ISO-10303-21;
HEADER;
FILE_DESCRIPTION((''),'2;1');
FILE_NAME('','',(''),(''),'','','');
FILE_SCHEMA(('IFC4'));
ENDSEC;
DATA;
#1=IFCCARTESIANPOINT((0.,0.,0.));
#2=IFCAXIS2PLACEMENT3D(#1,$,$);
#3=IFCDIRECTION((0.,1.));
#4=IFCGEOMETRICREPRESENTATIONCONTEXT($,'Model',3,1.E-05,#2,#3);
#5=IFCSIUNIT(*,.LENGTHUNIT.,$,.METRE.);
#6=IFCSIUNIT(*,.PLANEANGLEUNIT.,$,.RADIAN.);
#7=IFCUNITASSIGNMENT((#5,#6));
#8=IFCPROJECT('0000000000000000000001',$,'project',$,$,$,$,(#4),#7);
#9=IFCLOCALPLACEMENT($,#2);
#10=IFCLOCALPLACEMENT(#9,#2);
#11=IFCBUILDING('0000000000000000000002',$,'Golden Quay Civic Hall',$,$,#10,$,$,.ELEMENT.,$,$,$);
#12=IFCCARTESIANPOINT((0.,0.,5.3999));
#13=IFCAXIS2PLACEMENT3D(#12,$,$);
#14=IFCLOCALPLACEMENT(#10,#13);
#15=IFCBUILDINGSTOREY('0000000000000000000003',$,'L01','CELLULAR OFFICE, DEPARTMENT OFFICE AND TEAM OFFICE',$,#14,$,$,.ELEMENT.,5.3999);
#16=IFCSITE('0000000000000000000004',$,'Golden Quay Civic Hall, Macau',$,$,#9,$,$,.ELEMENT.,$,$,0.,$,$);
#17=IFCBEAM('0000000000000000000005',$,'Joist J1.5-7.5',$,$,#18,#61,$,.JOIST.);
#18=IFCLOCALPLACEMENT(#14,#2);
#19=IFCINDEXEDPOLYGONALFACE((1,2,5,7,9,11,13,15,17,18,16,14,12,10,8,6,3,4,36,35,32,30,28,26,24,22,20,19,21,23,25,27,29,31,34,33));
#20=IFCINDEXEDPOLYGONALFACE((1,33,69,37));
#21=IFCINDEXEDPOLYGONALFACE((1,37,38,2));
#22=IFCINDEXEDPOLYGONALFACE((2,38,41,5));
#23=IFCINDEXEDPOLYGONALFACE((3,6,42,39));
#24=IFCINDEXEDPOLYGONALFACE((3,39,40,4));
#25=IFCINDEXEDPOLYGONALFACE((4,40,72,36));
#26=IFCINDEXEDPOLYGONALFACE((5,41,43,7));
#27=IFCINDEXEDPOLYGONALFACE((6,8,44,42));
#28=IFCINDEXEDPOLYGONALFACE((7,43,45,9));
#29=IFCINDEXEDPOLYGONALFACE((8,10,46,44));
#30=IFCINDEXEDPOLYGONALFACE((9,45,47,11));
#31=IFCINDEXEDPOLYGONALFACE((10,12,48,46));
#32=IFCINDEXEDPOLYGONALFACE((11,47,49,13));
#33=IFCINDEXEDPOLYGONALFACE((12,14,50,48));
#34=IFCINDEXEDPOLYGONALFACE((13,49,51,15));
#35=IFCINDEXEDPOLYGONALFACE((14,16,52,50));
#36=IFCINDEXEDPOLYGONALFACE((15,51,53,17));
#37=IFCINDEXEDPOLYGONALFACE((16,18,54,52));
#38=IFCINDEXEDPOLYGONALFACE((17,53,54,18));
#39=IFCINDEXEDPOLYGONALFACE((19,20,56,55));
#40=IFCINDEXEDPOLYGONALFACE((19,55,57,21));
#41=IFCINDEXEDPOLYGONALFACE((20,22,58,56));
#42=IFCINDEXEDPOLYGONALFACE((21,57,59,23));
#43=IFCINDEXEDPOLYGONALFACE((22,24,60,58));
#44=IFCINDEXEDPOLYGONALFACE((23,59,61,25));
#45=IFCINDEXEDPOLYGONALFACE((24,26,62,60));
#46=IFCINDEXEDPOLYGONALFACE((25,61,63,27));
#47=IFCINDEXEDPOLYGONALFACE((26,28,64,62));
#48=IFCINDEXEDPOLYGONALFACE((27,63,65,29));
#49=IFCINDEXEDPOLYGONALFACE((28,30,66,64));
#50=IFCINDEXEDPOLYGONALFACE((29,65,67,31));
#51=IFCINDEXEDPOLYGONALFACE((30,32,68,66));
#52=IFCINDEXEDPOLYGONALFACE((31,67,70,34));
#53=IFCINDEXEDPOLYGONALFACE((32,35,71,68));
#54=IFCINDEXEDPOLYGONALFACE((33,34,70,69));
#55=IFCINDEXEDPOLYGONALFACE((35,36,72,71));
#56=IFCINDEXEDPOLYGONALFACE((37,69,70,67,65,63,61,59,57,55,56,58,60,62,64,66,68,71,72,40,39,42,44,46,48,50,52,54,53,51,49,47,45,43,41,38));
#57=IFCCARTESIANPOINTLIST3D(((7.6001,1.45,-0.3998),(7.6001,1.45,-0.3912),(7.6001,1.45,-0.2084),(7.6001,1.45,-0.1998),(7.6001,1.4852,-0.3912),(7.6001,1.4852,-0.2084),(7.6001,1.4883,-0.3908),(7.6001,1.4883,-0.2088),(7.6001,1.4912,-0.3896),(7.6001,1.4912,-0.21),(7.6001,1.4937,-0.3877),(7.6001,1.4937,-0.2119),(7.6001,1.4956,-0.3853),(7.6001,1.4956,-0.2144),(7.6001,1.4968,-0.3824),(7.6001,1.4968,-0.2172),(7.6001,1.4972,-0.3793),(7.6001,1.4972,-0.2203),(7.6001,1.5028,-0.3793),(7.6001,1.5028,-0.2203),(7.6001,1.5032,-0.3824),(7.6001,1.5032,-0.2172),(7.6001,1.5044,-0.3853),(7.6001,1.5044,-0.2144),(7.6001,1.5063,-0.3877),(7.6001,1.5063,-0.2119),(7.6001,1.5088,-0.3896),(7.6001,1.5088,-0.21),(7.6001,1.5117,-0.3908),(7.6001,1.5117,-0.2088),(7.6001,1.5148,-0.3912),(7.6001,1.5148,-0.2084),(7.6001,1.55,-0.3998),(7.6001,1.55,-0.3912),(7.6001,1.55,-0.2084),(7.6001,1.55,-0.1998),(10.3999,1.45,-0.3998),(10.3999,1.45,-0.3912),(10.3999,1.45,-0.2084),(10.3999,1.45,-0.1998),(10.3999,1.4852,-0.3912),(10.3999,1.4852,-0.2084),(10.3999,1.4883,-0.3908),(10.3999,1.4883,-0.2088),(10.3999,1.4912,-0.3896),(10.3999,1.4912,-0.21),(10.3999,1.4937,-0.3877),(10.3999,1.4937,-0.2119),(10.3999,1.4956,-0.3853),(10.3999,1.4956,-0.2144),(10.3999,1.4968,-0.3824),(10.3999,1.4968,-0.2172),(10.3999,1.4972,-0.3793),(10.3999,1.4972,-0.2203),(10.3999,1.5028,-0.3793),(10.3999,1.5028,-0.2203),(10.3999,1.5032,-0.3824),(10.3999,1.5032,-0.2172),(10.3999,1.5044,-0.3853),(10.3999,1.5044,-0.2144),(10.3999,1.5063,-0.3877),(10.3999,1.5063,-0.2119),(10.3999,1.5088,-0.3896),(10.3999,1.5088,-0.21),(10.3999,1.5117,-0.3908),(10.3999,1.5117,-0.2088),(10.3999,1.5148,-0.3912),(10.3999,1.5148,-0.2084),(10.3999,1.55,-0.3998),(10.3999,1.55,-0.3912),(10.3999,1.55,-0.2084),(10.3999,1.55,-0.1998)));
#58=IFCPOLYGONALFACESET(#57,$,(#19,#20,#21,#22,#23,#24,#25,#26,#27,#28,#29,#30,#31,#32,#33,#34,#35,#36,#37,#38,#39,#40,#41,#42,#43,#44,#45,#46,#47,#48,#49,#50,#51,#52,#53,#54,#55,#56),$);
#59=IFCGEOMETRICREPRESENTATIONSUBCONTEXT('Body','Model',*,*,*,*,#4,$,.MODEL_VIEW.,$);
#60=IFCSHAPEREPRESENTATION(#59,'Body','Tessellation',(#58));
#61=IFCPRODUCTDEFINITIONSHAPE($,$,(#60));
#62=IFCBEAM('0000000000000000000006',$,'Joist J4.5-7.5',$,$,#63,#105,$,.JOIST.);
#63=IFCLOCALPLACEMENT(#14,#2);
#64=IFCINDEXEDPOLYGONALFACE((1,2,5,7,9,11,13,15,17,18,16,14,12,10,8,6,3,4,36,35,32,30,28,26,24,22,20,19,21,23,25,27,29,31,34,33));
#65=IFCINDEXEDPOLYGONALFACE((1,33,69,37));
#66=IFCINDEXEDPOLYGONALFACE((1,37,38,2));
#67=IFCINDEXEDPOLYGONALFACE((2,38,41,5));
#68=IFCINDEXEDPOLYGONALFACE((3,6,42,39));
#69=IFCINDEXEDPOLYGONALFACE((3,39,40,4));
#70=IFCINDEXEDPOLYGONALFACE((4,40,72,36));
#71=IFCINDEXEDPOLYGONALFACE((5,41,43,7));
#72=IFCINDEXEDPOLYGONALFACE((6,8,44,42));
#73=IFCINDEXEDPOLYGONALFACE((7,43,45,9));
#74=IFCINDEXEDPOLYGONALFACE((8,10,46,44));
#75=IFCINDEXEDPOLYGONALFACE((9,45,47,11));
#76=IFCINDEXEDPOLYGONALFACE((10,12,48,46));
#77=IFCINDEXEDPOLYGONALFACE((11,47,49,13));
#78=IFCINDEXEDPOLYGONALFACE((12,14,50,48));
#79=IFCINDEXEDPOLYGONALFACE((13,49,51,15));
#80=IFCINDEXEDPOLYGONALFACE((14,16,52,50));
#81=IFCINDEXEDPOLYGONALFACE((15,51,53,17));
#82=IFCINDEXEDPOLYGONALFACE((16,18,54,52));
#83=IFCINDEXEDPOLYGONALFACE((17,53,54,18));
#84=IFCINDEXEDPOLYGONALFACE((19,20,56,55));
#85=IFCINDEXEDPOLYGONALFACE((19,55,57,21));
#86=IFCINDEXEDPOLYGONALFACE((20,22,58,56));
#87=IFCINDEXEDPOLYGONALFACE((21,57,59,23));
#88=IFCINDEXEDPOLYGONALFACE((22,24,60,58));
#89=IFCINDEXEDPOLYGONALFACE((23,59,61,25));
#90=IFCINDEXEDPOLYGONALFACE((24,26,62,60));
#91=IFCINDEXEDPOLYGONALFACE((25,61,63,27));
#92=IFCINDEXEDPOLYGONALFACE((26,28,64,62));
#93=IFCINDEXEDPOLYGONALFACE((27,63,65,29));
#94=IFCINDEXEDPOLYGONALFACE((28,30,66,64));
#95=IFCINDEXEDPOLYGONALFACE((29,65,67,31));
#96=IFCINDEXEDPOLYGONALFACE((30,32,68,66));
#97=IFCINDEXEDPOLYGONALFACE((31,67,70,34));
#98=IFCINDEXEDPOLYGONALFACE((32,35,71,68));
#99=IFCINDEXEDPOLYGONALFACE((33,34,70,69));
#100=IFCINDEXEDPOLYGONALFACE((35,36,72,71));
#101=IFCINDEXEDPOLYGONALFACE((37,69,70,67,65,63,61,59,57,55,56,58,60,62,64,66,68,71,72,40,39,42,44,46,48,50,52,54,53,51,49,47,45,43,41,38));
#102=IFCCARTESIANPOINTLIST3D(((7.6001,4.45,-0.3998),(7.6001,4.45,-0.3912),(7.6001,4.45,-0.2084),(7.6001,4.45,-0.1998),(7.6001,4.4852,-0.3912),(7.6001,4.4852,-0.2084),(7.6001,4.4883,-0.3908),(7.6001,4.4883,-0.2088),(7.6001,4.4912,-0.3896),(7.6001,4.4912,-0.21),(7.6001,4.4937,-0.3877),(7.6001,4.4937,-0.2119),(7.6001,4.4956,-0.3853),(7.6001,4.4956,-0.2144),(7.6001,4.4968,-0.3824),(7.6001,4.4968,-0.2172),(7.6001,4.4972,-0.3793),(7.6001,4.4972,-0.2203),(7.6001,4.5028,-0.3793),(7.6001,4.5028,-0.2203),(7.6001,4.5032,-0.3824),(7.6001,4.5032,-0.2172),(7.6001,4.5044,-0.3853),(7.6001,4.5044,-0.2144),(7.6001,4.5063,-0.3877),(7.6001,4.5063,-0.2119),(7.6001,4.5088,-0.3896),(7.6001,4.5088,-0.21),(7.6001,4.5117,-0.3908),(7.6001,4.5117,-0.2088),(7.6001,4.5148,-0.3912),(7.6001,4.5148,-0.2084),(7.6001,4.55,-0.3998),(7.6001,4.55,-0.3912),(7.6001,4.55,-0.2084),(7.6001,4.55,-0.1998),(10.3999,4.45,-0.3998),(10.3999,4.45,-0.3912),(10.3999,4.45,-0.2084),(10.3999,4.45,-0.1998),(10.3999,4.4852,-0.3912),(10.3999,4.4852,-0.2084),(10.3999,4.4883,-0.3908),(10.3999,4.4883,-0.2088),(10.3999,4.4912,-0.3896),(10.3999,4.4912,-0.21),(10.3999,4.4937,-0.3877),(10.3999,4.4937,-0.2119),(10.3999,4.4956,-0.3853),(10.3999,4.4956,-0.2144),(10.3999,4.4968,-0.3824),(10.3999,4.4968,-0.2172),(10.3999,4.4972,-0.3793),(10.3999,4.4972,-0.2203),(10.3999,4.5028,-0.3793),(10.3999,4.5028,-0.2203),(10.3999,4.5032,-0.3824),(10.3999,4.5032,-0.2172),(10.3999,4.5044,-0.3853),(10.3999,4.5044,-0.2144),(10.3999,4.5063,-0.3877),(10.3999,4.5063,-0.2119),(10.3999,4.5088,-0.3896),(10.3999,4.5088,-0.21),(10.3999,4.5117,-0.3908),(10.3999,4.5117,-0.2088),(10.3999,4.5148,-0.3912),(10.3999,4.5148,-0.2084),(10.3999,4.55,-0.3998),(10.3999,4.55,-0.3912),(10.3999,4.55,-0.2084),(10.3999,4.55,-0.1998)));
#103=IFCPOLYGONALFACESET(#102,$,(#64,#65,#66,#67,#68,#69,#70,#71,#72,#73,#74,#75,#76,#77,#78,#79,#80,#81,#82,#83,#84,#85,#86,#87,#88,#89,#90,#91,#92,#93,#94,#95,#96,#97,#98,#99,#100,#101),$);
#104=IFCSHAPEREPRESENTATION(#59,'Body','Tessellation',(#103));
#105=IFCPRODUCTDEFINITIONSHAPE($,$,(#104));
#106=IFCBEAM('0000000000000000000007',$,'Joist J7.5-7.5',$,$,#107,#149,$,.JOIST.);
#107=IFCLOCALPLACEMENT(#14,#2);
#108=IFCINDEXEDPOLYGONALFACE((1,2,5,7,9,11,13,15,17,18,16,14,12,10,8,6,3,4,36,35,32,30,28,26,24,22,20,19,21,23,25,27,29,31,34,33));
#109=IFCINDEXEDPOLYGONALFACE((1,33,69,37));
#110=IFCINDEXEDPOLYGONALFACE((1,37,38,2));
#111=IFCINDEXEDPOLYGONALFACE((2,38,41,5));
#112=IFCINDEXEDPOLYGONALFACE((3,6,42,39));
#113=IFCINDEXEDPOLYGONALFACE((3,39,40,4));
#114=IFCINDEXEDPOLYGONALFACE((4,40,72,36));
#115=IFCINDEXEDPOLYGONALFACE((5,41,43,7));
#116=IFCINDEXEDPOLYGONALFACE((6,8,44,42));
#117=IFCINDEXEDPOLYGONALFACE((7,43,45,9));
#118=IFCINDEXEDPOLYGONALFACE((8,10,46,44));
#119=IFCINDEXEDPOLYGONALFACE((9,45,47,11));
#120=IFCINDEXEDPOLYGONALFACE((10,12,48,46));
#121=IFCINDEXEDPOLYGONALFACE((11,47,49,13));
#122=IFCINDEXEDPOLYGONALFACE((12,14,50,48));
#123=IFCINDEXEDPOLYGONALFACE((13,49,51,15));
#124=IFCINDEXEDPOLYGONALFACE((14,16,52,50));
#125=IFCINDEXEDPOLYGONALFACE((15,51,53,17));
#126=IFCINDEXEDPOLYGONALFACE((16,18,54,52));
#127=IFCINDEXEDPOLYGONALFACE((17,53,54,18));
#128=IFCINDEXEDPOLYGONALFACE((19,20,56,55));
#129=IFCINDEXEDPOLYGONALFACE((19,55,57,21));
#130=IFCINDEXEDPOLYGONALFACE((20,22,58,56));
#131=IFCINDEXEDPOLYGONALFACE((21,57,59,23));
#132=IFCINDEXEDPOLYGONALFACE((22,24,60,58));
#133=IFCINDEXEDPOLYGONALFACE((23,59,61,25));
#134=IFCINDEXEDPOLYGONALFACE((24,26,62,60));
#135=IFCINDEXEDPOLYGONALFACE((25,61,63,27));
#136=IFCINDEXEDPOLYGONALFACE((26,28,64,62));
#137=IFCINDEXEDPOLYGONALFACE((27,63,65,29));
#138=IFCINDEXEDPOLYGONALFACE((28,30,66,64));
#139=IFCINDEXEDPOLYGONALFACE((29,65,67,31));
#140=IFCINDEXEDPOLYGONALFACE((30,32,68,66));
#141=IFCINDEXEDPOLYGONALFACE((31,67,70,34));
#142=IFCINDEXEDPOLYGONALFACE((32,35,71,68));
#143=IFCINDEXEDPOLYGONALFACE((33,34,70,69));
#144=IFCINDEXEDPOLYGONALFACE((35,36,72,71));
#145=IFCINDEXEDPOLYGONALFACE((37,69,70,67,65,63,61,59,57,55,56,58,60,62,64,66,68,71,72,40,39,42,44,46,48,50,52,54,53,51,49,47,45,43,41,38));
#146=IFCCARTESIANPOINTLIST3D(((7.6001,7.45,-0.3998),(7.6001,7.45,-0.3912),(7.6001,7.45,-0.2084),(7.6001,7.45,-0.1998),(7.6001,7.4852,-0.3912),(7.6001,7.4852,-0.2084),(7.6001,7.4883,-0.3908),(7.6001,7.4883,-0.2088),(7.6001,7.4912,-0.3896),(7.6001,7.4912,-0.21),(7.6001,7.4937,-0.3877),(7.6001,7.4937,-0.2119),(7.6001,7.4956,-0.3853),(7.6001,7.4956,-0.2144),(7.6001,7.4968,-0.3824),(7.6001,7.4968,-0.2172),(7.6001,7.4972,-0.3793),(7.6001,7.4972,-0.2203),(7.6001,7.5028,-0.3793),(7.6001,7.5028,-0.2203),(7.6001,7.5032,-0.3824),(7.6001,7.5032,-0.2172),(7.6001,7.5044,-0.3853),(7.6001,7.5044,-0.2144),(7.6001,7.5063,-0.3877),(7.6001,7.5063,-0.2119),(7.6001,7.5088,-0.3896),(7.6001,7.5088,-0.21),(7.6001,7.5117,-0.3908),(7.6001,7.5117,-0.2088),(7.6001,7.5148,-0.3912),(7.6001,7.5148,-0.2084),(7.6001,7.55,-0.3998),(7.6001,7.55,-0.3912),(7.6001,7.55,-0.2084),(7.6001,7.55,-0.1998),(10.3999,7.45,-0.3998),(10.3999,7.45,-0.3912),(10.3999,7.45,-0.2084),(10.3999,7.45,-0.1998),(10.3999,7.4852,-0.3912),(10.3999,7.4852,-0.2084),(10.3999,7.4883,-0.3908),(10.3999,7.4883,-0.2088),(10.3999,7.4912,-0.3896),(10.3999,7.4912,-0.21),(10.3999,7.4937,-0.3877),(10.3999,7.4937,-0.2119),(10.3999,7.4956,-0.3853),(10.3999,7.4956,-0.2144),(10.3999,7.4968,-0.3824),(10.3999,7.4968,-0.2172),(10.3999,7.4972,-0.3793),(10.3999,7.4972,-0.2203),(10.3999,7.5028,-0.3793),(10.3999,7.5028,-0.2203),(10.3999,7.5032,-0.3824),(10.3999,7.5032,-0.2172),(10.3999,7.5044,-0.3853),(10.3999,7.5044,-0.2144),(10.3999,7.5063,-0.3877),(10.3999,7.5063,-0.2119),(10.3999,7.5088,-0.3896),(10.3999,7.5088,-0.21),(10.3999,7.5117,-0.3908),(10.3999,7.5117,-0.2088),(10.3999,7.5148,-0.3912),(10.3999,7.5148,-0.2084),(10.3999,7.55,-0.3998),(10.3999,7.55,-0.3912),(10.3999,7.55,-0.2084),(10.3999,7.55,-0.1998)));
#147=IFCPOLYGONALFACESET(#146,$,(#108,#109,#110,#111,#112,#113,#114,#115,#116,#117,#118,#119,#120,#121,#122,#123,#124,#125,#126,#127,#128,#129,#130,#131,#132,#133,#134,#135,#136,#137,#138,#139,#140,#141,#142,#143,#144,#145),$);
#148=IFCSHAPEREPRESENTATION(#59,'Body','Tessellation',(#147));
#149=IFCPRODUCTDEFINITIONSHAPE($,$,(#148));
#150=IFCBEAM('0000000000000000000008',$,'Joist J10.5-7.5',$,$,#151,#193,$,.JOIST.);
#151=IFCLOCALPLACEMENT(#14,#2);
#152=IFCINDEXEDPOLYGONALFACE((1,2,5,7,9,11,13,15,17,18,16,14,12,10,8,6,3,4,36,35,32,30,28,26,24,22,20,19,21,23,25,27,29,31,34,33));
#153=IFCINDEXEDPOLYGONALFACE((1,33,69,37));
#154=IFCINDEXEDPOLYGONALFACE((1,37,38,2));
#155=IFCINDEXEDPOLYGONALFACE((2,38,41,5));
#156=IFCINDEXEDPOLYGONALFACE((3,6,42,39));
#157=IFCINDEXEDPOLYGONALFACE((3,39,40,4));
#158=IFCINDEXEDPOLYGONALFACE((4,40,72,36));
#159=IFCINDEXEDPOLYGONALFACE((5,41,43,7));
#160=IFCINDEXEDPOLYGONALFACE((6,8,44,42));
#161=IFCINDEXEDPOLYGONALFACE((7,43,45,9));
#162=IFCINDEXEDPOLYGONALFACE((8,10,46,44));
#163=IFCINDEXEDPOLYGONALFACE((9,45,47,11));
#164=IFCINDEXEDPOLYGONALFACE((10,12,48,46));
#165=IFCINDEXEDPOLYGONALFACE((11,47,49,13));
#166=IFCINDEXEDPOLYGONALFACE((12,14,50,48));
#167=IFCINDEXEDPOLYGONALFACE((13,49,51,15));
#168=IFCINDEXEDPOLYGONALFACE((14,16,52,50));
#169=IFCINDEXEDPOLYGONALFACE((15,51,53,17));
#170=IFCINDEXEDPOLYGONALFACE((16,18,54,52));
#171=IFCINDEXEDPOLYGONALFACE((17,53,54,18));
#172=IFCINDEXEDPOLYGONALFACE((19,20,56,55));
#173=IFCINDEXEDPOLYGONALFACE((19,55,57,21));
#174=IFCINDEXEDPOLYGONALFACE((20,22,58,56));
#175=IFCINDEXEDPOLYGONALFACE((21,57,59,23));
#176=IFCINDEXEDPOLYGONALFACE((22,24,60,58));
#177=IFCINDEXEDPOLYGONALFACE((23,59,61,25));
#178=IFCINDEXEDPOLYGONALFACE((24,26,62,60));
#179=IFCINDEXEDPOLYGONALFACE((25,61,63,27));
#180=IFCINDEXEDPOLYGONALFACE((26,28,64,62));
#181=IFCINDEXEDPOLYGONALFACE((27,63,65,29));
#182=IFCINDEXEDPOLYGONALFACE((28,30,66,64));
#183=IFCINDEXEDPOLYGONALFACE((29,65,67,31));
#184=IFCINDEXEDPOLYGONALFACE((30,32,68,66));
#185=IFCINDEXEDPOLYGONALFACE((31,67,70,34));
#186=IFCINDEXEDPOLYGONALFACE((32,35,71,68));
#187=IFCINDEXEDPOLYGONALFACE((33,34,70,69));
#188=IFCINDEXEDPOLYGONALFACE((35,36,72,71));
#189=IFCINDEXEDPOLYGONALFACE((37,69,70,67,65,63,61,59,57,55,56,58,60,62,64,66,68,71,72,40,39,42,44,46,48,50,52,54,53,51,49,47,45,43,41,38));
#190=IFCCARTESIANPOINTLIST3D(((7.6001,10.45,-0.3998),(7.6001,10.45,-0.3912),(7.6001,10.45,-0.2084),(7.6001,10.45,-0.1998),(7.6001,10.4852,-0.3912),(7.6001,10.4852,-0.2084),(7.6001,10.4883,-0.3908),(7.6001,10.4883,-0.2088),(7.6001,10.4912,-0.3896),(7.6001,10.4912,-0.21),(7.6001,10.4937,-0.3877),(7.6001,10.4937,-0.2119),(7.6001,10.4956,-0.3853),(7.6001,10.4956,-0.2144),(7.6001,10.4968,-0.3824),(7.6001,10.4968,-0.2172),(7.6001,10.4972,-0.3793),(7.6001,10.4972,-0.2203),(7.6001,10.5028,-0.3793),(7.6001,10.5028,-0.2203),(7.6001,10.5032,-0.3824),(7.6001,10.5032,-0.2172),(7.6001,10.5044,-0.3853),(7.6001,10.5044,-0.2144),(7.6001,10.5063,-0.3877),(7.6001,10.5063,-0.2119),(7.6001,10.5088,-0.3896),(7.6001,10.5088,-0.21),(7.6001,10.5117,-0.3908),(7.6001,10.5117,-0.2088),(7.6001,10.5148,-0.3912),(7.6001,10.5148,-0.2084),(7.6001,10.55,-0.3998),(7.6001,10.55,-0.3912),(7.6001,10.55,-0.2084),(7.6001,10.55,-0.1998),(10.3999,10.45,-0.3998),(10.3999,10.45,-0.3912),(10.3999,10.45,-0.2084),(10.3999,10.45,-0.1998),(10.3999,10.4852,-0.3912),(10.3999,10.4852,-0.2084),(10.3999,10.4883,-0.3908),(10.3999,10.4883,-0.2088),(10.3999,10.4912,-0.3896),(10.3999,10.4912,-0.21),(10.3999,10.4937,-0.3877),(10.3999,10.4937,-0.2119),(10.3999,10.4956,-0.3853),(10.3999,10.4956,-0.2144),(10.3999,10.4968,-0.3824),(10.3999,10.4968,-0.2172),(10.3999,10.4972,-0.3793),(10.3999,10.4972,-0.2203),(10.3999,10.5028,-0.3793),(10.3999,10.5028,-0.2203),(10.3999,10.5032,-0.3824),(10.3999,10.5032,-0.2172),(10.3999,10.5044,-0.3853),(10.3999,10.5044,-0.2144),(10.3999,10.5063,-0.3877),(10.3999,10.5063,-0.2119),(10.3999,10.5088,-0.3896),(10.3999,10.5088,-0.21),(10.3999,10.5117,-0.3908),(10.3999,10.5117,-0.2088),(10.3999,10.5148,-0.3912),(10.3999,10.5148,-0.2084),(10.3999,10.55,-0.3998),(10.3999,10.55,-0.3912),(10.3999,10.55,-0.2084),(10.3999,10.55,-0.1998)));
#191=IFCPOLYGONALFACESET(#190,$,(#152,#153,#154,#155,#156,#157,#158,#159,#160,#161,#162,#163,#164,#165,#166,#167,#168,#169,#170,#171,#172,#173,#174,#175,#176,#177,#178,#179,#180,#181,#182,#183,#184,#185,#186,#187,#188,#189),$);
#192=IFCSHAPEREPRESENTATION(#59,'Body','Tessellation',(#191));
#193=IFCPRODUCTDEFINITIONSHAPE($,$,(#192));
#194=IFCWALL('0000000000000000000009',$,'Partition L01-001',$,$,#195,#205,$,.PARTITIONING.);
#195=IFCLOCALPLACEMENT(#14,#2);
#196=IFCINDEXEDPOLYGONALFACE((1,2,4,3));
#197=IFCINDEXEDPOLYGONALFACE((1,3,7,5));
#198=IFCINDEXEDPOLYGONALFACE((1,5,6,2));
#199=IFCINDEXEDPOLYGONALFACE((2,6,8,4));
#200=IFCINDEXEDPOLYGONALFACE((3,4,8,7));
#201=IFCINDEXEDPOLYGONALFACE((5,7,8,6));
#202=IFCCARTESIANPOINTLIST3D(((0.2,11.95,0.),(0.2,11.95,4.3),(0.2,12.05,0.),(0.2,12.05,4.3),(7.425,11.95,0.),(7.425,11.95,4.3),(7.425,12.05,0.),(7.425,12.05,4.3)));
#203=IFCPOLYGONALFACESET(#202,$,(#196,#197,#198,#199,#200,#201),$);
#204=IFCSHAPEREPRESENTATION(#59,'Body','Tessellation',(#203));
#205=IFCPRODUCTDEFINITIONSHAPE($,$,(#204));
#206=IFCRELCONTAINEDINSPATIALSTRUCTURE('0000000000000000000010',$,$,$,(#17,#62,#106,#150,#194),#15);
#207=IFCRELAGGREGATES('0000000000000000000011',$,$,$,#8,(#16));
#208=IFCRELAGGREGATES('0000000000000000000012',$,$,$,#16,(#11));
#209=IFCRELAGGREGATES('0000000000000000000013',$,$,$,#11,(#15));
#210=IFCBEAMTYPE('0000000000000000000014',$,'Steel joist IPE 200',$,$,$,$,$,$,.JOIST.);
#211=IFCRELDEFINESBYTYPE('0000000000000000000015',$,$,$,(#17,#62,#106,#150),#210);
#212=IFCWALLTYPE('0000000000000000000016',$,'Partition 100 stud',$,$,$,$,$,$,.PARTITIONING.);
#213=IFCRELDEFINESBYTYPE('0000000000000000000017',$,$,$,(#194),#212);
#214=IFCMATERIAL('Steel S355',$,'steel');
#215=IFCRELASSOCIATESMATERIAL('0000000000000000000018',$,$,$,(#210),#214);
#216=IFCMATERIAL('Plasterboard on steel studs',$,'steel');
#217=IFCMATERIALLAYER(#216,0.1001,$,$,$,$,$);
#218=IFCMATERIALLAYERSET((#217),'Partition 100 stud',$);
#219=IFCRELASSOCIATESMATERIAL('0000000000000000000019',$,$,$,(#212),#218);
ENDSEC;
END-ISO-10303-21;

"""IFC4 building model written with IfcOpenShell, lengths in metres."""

from ifc_helpers import new_model, si_unit, direction, frame, frame_2d, origin, origin_2d, place, context, subcontext, project, spatial, rectangle, i_section, extrude, material, layer, layer_set, material_profile, profile_set, type_object, element, save


model = new_model("IFC4")

# Units and contexts
model_context = context("Model", 3, precision=1e-05, world=origin(), true_north=direction((0.0, 1.0)))
body_context = subcontext(model_context, "Body", "Model", "MODEL_VIEW")
ifc_project = project(units=[si_unit("LENGTHUNIT", "METRE"), si_unit("PLANEANGLEUNIT", "RADIAN")], contexts=[model_context])

# Site, building, storey
site_placement = place(None, origin())
site = spatial("IfcSite", under=ifc_project, at=site_placement, Name="Golden Quay Civic Hall, Macau", CompositionType="ELEMENT", RefElevation=0.0)
building_placement = place(site_placement, origin())
building = spatial("IfcBuilding", under=site, at=building_placement, Name="Golden Quay Civic Hall", CompositionType="ELEMENT")
storey_placement = place(building_placement, frame((0.0, 0.0, 5.3999)))
storey = spatial("IfcBuildingStorey", under=building, at=storey_placement, Name="L01", Description="CELLULAR OFFICE, DEPARTMENT OFFICE AND TEAM OFFICE", CompositionType="ELEMENT", Elevation=5.3999)

# Beams
ifc_material_1 = material(Name="Steel S355", Category="steel")
ifc_material_profile_1 = material_profile(ifc_material_1, i_section(OverallWidth=0.1001, OverallDepth=0.2, WebThickness=0.0056, FlangeThickness=0.0085, FilletRadius=0.012, at=origin_2d()), Name="IPE 200")
ifc_profile_set_1 = profile_set([ifc_material_profile_1], Name="Steel S355")
beam_type_1 = type_object("IfcBeamType", Name="Steel joist IPE 200", PredefinedType="JOIST", material=ifc_profile_set_1)
for number, where, z_axis, x_axis, name in (
    (1, (7.6001, 1.5, -0.2998), (1.0, 0.0, 0.0), (0.0, 1.0, 0.0), "Joist J1.5-7.5"),
    (2, (7.6001, 4.5, -0.2998), (1.0, 0.0, 0.0), (0.0, 1.0, 0.0), "Joist J4.5-7.5"),
    (3, (7.6001, 7.5, -0.2998), (1.0, 0.0, 0.0), (0.0, 1.0, 0.0), "Joist J7.5-7.5"),
    (4, (7.6001, 10.5, -0.2998), (1.0, 0.0, 0.0), (0.0, 1.0, 0.0), "Joist J10.5-7.5"),
):
    element("IfcBeam", number, at=place(storey_placement, frame(where, z_axis=z_axis, x_axis=x_axis)), inside=storey, type_object=beam_type_1, Name=name, PredefinedType="JOIST", context=body_context, shape_type="SweptSolid", body=[
        extrude(i_section(OverallWidth=0.1001, OverallDepth=0.2, WebThickness=0.0056, FlangeThickness=0.0085, FilletRadius=0.012, at=origin_2d()), origin(), (0.0, 0.0, 1.0), 2.7998),
    ])

# Wall
ifc_material_2 = material(Name="Plasterboard on steel studs", Category="steel")
ifc_layer_1 = layer(ifc_material_2, 0.1001)
ifc_layer_set_1 = layer_set([ifc_layer_1], Name="Partition 100 stud")
wall_type_1 = type_object("IfcWallType", Name="Partition 100 stud", PredefinedType="PARTITIONING", material=ifc_layer_set_1)
wall_1_placement = place(storey_placement, frame((0.2, 12.0, 0.0), z_axis=(0.0, 0.0, 1.0), x_axis=(1.0, 0.0, 0.0)))
element("IfcWall", 5, at=wall_1_placement, inside=storey, type_object=wall_type_1, Name="Partition L01-001", PredefinedType="PARTITIONING", context=body_context, shape_type="SweptSolid", body=[
    extrude(rectangle(XDim=7.2251, YDim=0.1001, at=frame_2d((3.6125, 0.0))), origin(), (0.0, 0.0, 1.0), 4.3),
])

save(model, "model.ifc")
